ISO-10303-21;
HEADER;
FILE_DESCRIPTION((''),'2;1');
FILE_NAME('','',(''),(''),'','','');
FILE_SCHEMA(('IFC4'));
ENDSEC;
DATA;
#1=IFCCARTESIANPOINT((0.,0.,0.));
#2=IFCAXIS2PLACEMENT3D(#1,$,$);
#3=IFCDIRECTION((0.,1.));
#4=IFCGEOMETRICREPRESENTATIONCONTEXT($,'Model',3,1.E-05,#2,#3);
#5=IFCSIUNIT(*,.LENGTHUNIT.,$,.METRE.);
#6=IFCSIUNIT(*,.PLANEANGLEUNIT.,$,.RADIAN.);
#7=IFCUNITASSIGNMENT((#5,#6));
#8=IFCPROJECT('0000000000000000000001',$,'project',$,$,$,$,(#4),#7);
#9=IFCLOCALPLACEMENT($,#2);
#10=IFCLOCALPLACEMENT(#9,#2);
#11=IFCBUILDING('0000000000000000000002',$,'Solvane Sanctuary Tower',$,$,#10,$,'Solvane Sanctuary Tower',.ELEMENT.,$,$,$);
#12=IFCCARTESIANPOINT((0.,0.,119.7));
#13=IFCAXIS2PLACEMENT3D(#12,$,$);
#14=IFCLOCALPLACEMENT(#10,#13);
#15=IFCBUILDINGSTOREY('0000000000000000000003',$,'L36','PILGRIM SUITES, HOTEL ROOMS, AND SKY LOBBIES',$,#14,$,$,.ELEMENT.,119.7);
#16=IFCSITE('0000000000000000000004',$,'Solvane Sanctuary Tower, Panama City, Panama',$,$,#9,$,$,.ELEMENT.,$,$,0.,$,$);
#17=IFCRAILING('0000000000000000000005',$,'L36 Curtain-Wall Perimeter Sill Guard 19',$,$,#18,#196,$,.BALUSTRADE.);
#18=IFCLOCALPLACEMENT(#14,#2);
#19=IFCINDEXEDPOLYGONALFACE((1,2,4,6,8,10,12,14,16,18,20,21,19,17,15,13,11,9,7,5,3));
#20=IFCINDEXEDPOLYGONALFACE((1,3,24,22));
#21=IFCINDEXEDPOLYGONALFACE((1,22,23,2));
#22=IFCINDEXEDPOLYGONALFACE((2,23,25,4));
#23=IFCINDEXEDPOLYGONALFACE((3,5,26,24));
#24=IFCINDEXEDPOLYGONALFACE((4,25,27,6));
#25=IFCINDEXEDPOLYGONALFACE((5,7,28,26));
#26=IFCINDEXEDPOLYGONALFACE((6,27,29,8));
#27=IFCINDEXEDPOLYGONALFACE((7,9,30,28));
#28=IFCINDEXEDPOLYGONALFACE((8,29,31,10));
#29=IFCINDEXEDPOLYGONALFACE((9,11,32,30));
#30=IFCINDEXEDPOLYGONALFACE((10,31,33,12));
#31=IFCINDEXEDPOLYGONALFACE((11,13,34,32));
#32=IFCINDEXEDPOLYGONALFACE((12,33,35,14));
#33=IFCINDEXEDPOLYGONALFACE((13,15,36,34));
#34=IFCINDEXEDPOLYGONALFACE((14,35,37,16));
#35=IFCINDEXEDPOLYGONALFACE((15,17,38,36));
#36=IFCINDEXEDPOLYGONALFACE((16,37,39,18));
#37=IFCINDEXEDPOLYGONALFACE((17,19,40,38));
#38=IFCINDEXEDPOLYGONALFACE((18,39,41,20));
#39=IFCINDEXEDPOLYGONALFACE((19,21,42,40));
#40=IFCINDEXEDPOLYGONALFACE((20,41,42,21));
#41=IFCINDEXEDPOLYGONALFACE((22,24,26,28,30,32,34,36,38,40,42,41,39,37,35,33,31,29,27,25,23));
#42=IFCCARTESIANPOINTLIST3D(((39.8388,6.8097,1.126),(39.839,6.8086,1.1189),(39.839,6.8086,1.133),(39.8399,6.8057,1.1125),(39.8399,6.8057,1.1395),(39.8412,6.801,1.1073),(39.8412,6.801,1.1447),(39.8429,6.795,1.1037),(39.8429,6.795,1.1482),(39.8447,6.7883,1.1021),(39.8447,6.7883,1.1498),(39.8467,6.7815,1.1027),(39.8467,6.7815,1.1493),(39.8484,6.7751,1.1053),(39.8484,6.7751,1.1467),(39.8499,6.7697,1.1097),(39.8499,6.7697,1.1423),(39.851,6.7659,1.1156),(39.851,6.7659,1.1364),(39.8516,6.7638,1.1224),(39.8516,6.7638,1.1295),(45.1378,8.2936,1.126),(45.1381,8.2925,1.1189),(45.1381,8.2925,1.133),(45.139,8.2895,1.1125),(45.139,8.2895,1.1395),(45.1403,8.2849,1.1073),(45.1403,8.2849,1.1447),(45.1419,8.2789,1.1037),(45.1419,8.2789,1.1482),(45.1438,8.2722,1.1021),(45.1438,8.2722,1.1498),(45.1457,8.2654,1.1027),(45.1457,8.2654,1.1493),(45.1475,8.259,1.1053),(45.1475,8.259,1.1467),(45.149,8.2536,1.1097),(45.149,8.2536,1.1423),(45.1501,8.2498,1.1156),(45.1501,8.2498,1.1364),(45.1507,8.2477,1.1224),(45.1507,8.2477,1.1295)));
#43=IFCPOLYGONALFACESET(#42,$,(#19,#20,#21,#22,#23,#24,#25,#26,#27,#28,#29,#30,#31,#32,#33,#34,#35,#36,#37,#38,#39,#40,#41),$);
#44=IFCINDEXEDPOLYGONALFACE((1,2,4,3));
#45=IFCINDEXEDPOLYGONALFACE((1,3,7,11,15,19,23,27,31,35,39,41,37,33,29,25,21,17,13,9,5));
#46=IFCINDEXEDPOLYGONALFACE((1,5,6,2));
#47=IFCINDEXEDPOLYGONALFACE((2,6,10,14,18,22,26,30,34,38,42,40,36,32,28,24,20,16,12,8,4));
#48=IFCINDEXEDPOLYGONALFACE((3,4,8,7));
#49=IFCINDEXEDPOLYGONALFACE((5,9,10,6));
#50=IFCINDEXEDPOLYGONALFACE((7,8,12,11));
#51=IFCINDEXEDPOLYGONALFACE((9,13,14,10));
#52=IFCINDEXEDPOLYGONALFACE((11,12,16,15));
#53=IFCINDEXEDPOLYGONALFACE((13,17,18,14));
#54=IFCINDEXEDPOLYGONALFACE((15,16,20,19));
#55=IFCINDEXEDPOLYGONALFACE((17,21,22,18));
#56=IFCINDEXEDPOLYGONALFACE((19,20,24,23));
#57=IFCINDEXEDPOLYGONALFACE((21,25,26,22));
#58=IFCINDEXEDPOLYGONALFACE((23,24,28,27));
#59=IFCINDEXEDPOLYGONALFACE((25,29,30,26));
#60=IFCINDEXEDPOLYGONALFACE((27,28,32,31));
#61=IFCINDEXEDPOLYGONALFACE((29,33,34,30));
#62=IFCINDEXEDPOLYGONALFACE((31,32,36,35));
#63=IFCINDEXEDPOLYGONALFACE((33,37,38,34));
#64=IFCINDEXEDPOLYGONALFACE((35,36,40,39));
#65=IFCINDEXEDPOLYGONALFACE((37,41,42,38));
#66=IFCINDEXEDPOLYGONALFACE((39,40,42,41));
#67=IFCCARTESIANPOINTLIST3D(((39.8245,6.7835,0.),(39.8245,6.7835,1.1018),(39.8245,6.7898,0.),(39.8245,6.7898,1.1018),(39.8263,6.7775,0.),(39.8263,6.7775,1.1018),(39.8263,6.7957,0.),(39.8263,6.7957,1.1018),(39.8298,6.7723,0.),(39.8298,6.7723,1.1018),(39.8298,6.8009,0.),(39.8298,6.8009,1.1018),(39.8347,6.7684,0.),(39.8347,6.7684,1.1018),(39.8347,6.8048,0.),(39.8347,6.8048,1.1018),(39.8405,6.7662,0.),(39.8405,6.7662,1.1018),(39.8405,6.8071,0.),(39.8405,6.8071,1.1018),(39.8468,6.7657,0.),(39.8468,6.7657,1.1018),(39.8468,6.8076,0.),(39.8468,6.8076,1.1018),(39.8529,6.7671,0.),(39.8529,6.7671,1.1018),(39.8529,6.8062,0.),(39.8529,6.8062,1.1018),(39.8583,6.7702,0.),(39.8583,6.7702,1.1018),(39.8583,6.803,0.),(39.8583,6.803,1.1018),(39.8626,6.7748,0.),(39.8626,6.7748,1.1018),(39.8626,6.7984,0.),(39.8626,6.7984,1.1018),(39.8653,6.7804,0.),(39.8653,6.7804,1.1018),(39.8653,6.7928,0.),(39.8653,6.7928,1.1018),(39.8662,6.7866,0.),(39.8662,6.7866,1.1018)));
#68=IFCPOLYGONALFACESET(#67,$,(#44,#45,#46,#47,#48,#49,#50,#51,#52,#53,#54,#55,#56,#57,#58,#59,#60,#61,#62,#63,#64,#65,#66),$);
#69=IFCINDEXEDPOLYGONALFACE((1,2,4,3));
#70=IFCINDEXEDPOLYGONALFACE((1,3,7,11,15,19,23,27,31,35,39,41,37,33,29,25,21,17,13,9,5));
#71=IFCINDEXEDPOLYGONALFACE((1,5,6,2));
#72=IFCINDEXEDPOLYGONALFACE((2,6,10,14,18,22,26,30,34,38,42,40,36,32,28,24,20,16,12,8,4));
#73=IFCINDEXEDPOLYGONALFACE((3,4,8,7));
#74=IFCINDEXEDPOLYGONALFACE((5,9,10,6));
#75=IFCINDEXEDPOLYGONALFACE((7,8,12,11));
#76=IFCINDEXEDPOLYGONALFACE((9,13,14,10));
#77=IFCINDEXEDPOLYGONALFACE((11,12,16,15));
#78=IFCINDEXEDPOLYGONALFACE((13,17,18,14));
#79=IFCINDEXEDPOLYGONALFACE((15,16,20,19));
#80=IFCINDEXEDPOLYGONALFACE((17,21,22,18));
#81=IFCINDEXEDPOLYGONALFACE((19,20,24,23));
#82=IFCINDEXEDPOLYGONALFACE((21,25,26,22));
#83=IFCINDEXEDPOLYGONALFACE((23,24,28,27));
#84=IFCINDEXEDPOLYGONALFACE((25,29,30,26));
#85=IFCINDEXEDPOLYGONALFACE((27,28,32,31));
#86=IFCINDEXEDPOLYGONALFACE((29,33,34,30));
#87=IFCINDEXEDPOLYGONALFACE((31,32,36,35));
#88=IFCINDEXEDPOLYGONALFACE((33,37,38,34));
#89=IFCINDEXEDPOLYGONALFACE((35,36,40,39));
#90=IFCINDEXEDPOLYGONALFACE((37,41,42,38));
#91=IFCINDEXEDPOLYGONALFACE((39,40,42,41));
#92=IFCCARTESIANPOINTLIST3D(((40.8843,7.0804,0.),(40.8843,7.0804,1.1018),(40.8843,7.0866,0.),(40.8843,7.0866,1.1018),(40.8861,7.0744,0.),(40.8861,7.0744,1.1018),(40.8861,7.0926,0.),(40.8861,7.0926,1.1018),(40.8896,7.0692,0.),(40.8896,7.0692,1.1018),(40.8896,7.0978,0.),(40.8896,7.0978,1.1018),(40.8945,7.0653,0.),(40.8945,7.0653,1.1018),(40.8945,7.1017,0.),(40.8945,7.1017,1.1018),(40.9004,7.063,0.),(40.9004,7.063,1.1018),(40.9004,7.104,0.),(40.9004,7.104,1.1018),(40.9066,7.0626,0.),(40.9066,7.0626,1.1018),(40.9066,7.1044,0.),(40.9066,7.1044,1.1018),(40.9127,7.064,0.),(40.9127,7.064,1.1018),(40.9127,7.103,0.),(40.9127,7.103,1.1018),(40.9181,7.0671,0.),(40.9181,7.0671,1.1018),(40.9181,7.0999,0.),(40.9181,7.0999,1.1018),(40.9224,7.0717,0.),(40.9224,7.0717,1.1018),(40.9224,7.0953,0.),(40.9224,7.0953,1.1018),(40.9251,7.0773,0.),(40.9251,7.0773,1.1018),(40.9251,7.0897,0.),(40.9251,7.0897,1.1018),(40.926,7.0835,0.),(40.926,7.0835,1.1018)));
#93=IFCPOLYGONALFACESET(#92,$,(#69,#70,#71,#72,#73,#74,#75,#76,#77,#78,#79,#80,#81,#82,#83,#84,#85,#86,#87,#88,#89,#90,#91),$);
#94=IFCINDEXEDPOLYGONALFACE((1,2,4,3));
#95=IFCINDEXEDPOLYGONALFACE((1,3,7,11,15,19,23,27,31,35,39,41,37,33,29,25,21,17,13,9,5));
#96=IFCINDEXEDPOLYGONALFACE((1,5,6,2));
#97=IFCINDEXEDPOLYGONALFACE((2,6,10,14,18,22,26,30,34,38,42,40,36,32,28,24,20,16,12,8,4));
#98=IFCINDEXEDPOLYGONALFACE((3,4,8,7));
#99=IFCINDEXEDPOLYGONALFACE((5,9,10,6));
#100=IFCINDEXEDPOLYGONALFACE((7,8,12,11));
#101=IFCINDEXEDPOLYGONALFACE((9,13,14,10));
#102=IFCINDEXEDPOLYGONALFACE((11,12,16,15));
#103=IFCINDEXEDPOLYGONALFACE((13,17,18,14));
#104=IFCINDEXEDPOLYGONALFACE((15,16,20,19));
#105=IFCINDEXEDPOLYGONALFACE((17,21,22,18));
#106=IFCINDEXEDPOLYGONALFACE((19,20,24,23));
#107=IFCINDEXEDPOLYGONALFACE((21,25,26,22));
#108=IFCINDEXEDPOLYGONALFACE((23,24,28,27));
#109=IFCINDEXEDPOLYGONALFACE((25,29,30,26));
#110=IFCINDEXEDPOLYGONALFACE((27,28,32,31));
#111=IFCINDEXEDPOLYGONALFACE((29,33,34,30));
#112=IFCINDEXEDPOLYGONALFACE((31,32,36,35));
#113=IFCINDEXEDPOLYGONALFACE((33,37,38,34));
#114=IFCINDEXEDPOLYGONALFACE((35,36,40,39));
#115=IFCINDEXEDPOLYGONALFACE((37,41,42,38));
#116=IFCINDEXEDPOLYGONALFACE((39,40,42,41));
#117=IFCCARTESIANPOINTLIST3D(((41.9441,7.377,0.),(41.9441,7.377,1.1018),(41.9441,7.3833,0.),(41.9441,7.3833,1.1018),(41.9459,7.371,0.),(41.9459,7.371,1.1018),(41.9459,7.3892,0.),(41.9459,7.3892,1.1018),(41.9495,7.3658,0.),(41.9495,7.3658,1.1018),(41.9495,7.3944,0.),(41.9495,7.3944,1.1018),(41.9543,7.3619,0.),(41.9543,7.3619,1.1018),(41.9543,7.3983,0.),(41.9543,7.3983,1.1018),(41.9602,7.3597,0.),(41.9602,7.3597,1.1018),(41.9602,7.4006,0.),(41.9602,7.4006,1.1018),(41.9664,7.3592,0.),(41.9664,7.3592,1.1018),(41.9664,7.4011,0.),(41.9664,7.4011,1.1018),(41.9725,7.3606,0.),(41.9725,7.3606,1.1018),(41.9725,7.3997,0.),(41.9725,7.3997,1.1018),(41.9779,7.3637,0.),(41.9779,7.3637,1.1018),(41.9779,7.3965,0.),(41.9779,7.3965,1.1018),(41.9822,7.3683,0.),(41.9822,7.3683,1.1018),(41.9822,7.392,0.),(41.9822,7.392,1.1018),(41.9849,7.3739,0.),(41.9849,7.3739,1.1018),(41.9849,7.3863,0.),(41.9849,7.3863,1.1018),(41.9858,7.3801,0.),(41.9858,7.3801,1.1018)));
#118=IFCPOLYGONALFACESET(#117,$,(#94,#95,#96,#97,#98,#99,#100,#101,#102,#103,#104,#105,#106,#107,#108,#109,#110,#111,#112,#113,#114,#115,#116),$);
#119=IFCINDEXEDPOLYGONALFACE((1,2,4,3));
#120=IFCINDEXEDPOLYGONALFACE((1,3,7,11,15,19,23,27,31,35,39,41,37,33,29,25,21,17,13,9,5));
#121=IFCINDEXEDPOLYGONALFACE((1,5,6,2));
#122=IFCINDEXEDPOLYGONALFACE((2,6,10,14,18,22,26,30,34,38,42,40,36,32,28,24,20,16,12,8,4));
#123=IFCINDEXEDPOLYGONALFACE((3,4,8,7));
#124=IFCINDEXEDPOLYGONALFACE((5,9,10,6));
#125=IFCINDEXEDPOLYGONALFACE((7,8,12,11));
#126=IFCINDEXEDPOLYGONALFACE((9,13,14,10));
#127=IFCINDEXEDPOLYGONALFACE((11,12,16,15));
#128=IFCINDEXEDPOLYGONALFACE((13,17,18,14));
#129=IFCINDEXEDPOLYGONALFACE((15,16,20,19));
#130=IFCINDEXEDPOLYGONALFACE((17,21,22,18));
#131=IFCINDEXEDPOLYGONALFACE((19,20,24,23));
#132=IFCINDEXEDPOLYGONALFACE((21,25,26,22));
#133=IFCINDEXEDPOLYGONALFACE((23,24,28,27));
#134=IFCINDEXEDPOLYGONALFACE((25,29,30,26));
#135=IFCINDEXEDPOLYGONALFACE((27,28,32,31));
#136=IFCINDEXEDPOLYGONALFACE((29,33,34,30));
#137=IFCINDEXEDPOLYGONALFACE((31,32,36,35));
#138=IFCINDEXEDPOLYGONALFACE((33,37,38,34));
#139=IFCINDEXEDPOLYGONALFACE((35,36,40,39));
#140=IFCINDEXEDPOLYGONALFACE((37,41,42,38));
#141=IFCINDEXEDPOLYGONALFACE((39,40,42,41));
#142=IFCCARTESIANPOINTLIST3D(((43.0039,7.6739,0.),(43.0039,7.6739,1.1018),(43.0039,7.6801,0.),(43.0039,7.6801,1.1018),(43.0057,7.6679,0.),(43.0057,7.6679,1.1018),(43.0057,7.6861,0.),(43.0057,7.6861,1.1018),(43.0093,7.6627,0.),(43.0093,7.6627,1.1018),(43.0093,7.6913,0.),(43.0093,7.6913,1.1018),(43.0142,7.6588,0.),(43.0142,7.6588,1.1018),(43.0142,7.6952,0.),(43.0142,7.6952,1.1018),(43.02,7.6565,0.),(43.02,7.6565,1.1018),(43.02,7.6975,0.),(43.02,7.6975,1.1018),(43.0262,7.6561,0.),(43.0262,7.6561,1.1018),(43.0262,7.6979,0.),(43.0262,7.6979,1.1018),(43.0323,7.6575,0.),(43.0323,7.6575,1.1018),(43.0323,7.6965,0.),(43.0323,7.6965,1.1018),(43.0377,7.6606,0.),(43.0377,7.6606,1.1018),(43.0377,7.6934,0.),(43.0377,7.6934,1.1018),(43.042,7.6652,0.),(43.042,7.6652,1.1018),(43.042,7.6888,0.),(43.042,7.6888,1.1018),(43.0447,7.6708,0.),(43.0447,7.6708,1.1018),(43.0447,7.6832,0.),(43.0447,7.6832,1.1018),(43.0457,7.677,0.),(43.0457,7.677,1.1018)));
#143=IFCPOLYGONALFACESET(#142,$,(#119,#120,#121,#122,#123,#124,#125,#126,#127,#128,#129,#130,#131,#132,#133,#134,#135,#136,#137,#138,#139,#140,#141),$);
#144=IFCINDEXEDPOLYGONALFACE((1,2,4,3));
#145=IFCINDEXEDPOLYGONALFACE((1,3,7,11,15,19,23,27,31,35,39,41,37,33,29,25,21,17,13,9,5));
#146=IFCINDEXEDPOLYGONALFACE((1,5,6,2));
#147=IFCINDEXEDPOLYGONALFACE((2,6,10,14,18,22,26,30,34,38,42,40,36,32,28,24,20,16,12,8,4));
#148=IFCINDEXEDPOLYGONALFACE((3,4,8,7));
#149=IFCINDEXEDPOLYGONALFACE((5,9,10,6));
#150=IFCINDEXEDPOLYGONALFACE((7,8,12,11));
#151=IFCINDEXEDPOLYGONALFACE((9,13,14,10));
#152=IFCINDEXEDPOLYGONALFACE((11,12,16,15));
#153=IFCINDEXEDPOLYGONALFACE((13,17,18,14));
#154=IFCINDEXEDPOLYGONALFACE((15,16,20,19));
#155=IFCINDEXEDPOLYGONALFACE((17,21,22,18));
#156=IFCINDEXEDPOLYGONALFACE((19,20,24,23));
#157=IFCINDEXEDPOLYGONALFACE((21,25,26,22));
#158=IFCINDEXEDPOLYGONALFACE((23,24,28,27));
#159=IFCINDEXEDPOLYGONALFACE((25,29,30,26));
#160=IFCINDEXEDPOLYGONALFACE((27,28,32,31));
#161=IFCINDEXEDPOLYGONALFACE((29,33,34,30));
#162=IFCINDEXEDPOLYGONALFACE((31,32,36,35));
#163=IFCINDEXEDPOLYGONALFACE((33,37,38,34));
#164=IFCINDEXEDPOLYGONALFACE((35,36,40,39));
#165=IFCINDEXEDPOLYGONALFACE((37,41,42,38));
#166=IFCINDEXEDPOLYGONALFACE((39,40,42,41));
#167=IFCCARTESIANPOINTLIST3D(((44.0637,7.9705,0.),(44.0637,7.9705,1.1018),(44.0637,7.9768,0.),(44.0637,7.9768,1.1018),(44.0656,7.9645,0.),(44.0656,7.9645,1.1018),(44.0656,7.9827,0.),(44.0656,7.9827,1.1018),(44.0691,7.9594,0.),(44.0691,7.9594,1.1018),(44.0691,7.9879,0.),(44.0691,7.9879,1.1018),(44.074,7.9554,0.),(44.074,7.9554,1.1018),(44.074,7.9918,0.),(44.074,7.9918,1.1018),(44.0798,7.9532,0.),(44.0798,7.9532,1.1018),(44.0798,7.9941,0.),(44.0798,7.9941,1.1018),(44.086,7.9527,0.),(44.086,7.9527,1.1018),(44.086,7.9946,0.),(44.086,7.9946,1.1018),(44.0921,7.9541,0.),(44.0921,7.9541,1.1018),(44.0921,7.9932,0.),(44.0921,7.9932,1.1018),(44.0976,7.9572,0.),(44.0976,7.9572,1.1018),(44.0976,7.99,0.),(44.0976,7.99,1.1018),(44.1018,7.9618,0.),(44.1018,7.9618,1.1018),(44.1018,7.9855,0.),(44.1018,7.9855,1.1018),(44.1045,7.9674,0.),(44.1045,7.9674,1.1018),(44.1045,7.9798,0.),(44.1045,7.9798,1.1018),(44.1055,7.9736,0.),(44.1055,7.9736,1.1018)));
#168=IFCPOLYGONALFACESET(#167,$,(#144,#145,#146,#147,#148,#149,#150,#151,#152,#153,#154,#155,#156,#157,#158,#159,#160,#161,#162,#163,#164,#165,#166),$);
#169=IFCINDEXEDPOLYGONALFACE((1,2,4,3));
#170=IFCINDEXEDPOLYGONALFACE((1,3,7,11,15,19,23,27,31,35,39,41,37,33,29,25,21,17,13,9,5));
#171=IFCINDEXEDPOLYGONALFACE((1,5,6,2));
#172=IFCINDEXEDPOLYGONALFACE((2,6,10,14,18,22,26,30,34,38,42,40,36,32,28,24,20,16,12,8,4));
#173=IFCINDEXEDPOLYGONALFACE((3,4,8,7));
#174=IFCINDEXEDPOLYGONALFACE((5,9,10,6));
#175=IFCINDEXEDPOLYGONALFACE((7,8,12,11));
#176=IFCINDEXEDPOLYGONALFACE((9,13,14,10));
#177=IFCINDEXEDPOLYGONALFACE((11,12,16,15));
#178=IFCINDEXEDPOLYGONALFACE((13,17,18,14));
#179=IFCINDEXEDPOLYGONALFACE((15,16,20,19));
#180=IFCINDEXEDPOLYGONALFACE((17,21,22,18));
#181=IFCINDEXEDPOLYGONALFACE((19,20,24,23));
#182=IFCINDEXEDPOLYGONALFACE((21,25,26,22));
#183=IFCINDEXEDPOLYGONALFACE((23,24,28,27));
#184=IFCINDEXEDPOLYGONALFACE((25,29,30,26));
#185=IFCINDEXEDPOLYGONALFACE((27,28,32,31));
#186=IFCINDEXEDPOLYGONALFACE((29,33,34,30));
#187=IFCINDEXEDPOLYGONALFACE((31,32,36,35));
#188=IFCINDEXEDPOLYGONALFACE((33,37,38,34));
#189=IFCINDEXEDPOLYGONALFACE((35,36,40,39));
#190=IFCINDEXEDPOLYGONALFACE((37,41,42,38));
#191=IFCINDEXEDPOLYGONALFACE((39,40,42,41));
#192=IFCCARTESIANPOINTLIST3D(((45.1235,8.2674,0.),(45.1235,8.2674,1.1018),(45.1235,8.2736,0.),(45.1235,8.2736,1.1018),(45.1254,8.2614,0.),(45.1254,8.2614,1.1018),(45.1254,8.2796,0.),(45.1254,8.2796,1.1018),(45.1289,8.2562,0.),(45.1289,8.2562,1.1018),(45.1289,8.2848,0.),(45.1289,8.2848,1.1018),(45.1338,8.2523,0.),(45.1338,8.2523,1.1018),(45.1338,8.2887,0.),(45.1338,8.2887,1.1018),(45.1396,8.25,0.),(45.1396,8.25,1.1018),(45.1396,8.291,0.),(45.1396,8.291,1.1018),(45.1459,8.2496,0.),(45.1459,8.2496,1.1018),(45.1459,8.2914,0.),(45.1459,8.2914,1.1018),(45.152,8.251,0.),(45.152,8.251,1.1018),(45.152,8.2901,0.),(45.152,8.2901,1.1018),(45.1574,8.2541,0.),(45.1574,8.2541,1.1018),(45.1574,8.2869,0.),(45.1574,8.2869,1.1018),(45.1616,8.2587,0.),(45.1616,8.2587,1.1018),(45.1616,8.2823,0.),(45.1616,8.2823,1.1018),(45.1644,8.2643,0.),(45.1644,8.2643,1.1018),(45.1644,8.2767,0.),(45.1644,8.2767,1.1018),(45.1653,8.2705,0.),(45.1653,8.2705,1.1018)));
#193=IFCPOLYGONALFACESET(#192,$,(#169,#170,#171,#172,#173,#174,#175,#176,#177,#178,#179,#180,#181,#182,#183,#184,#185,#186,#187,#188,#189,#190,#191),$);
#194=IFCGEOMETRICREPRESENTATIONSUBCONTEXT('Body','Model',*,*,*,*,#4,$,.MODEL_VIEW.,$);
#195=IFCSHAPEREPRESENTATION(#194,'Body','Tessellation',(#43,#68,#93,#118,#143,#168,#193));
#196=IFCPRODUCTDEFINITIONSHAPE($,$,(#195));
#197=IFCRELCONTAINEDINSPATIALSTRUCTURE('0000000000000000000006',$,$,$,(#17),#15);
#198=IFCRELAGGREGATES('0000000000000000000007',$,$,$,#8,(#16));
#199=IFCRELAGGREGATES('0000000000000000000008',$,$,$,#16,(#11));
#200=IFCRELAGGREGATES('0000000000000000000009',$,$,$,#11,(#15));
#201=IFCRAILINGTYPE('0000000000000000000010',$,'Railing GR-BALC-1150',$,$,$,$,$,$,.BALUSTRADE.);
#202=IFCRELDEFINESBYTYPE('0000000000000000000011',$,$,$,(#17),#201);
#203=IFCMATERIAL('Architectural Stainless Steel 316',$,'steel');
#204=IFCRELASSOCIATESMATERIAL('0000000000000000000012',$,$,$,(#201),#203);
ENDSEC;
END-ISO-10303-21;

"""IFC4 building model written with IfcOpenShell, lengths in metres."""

from ifc_helpers import new_model, si_unit, direction, frame, origin, origin_2d, place, context, subcontext, project, spatial, circle, extrude, material, type_object, element, save


model = new_model("IFC4")

# Units and contexts
model_context = context("Model", 3, precision=1e-05, world=origin(), true_north=direction((0.0, 1.0)))
body_context = subcontext(model_context, "Body", "Model", "MODEL_VIEW")
ifc_project = project(units=[si_unit("LENGTHUNIT", "METRE"), si_unit("PLANEANGLEUNIT", "RADIAN")], contexts=[model_context])

# Site, building, storey
site_placement = place(None, origin())
site = spatial("IfcSite", under=ifc_project, at=site_placement, Name="Solvane Sanctuary Tower, Panama City, Panama", CompositionType="ELEMENT", RefElevation=0.0)
building_placement = place(site_placement, origin())
building = spatial("IfcBuilding", under=site, at=building_placement, Name="Solvane Sanctuary Tower", LongName="Solvane Sanctuary Tower", CompositionType="ELEMENT")
storey_placement = place(building_placement, frame((0.0, 0.0, 119.7)))
storey = spatial("IfcBuildingStorey", under=building, at=storey_placement, Name="L36", Description="PILGRIM SUITES, HOTEL ROOMS, AND SKY LOBBIES", CompositionType="ELEMENT", Elevation=119.7)

# Shared definitions
ifc_material_1 = material(Name="Architectural Stainless Steel 316", Category="steel")

# Railing
railing_type = type_object("IfcRailingType", Name="Railing GR-BALC-1150", PredefinedType="BALUSTRADE", material=ifc_material_1)
railing_placement = place(storey_placement, frame((39.8452, 6.7866, 0.0)))
element("IfcRailing", 1, at=railing_placement, inside=storey, type_object=railing_type, Name="L36 Curtain-Wall Perimeter Sill Guard 19", PredefinedType="BALUSTRADE", context=body_context, shape_type="SweptSolid", body=[
    extrude(circle(Radius=0.0239, at=origin_2d()), frame((0.0, 0.0, 1.126), z_axis=(0.962957, 0.269655, 0.0), x_axis=(-0.269655, 0.962957, 0.0)), (0.0, 0.0, 1.0), 5.5029),
    extrude(circle(Radius=0.021, at=origin_2d()), origin(), (0.0, 0.0, 1.0), 1.1018),
    extrude(circle(Radius=0.021, at=origin_2d()), frame((1.0598, 0.2969, 0.0)), (0.0, 0.0, 1.0), 1.1018),
    extrude(circle(Radius=0.021, at=origin_2d()), frame((2.1196, 0.5935, 0.0)), (0.0, 0.0, 1.0), 1.1018),
    extrude(circle(Radius=0.021, at=origin_2d()), frame((3.1794, 0.8904, 0.0)), (0.0, 0.0, 1.0), 1.1018),
    extrude(circle(Radius=0.021, at=origin_2d()), frame((4.2393, 1.187, 0.0)), (0.0, 0.0, 1.0), 1.1018),
    extrude(circle(Radius=0.021, at=origin_2d()), frame((5.2991, 1.4839, 0.0)), (0.0, 0.0, 1.0), 1.1018),
])

save(model, "model.ifc")
